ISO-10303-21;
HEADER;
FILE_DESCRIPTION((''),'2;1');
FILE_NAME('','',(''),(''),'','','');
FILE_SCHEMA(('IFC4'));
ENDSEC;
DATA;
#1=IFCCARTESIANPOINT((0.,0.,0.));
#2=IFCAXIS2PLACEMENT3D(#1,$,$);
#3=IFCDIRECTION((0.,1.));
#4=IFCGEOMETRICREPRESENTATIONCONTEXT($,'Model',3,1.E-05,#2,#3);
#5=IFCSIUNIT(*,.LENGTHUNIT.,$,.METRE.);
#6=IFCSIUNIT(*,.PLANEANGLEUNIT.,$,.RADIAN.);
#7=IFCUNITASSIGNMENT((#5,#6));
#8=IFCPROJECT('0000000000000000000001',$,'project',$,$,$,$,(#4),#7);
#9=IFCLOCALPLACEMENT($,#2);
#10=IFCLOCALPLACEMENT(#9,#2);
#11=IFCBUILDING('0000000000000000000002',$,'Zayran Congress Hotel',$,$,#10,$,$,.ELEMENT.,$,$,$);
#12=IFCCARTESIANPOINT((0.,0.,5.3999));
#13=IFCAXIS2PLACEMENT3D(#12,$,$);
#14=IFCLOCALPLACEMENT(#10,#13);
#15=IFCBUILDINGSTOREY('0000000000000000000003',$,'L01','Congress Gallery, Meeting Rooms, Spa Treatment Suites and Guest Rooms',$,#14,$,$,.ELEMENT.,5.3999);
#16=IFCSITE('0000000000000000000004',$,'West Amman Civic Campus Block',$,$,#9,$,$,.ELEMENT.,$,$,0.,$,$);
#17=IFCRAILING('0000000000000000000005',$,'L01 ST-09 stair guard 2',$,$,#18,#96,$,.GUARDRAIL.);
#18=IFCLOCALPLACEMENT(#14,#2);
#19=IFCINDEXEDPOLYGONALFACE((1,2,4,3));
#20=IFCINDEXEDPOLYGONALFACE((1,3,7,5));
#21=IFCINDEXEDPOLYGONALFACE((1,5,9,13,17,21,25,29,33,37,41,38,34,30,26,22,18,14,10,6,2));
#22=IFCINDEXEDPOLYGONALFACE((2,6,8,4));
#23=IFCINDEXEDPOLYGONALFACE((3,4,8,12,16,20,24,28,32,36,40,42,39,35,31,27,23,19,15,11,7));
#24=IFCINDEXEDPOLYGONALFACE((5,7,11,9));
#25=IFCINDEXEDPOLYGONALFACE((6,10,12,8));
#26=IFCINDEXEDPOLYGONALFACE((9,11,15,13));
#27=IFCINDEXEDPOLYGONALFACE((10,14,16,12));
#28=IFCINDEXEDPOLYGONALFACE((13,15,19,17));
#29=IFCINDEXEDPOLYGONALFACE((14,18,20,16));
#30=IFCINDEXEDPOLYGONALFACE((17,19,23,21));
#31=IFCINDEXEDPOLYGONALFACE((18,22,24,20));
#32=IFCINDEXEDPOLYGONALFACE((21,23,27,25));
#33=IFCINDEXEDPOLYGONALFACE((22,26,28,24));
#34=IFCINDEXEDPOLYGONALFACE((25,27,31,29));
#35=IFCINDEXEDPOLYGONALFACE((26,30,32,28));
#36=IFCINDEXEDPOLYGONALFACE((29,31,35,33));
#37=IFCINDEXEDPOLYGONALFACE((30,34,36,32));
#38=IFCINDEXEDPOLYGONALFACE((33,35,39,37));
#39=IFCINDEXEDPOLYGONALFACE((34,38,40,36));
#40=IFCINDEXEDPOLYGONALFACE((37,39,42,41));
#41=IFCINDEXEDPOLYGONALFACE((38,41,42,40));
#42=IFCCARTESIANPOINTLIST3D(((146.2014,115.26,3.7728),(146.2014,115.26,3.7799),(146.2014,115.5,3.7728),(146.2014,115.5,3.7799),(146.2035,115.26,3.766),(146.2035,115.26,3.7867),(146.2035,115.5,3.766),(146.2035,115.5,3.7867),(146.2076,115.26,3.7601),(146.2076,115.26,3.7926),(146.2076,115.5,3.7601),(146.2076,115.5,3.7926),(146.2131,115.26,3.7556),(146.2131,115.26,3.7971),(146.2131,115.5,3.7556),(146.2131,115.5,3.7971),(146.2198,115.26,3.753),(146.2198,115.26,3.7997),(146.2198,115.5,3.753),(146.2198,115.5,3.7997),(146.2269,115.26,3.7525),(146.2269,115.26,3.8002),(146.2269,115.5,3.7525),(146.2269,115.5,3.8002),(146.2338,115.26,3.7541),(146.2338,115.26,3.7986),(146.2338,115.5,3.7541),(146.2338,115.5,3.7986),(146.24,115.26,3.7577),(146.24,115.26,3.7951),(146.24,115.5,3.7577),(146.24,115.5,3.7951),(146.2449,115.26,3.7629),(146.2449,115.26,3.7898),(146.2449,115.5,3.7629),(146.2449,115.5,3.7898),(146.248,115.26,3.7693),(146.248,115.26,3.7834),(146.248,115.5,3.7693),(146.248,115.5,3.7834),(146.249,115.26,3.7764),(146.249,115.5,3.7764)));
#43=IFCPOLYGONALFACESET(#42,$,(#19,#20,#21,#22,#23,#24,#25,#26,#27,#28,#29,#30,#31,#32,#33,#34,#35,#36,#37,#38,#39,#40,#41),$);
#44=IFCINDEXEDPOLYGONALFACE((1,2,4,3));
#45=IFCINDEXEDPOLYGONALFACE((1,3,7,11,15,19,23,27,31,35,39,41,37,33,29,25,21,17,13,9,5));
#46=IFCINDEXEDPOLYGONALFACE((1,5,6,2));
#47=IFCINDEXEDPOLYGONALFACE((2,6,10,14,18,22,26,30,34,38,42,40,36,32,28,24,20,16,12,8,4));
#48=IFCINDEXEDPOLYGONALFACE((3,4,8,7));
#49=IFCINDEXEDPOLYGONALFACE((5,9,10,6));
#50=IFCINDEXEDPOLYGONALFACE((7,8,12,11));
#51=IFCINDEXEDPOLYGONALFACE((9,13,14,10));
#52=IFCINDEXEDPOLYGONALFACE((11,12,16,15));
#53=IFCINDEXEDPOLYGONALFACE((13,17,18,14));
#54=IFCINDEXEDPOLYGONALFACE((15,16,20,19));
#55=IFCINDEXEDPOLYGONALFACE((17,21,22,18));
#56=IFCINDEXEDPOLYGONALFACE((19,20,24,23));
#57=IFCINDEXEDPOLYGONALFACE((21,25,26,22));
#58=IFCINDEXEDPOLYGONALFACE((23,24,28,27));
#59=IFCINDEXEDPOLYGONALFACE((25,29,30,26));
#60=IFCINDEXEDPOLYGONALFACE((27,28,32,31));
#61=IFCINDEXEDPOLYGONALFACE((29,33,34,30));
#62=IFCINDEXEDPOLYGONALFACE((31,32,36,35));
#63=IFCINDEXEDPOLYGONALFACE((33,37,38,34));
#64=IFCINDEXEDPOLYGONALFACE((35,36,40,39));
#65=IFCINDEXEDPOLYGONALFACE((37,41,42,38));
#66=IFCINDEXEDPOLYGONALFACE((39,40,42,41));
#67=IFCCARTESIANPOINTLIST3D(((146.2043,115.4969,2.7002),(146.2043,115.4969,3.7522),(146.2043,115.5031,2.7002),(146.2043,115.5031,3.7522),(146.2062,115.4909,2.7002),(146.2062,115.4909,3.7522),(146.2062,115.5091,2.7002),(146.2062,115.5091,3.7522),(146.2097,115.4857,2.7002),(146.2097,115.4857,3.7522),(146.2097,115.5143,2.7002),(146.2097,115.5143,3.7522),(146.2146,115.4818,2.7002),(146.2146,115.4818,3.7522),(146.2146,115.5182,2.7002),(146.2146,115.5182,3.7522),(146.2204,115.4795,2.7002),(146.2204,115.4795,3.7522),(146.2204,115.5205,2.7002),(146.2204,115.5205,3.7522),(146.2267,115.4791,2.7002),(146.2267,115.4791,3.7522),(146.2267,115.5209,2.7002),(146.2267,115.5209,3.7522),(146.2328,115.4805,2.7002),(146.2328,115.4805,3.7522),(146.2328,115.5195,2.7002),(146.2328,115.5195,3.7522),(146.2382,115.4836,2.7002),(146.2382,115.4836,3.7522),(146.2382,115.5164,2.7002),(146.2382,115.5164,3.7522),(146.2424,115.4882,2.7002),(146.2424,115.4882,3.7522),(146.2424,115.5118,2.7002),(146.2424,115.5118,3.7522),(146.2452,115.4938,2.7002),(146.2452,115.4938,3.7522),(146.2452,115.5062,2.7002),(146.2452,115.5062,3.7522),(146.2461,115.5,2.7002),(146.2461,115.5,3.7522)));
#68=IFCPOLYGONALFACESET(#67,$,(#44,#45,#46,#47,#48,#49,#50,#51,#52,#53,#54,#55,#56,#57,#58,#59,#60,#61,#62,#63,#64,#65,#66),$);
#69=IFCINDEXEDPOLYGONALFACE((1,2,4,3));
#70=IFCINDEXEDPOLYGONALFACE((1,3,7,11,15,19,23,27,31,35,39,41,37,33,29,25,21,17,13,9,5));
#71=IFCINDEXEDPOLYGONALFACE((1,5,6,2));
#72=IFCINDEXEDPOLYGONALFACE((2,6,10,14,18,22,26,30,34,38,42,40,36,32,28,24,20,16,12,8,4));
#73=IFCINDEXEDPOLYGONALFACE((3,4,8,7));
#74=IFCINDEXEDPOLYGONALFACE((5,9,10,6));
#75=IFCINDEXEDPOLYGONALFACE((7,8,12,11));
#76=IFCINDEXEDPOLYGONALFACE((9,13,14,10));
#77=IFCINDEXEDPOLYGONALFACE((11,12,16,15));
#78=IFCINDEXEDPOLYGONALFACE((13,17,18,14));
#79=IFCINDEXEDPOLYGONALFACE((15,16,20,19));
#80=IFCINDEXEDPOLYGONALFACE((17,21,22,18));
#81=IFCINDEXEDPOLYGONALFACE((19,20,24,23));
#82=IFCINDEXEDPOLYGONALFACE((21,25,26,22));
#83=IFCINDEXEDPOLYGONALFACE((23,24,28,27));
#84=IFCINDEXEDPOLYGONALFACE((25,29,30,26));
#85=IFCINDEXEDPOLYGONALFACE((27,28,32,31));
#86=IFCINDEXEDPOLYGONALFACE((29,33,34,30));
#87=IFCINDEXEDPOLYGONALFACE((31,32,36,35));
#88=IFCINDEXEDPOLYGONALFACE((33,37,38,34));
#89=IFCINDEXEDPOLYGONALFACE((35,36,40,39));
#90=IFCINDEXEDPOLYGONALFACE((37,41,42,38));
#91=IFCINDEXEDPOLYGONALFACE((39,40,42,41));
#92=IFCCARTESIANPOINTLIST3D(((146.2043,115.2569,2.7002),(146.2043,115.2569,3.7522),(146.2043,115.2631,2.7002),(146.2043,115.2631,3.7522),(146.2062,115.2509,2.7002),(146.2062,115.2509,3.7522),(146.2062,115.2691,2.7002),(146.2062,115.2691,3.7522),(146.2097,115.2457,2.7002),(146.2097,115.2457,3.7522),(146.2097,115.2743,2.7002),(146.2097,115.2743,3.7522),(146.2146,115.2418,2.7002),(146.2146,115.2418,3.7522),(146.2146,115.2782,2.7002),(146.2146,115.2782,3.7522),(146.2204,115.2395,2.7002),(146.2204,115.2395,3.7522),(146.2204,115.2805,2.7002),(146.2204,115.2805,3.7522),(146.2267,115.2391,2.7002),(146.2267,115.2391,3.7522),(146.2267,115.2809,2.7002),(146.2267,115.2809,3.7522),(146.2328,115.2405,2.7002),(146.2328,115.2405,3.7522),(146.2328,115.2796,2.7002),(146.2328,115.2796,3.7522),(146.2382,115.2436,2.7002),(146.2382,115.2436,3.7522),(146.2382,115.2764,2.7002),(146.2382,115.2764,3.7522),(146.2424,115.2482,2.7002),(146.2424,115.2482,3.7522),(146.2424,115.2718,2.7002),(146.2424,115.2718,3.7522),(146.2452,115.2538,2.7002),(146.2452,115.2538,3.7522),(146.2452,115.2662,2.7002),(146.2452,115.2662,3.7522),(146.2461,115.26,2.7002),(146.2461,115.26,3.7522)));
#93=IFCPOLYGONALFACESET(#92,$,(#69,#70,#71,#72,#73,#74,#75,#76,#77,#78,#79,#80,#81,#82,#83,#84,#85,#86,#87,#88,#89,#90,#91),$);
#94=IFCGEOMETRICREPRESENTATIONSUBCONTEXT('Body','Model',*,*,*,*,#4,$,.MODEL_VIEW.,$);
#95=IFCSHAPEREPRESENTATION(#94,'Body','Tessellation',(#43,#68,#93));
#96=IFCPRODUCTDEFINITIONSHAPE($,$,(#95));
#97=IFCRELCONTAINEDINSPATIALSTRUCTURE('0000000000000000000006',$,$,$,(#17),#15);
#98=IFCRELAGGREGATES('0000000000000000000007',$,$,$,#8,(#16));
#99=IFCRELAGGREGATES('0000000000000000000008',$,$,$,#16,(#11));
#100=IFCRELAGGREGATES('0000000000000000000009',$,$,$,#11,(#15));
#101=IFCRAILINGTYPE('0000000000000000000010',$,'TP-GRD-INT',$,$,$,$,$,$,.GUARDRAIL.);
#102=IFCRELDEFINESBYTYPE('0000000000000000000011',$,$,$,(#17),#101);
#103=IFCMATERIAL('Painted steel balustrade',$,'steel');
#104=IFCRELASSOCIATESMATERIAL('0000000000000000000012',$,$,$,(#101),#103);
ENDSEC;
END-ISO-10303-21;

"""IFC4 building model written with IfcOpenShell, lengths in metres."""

from ifc_helpers import new_model, si_unit, direction, frame, origin, origin_2d, place, context, subcontext, project, spatial, circle, extrude, material, type_object, element, save


model = new_model("IFC4")

# Units and contexts
model_context = context("Model", 3, precision=1e-05, world=origin(), true_north=direction((0.0, 1.0)))
body_context = subcontext(model_context, "Body", "Model", "MODEL_VIEW")
ifc_project = project(units=[si_unit("LENGTHUNIT", "METRE"), si_unit("PLANEANGLEUNIT", "RADIAN")], contexts=[model_context])

# Site, building, storey
site_placement = place(None, origin())
site = spatial("IfcSite", under=ifc_project, at=site_placement, Name="West Amman Civic Campus Block", CompositionType="ELEMENT", RefElevation=0.0)
building_placement = place(site_placement, origin())
building = spatial("IfcBuilding", under=site, at=building_placement, Name="Zayran Congress Hotel", CompositionType="ELEMENT")
storey_placement = place(building_placement, frame((0.0, 0.0, 5.3999)))
storey = spatial("IfcBuildingStorey", under=building, at=storey_placement, Name="L01", Description="Congress Gallery, Meeting Rooms, Spa Treatment Suites and Guest Rooms", CompositionType="ELEMENT", Elevation=5.3999)

# Railing
ifc_material_1 = material(Name="Painted steel balustrade", Category="steel")
railing_type_1 = type_object("IfcRailingType", Name="TP-GRD-INT", PredefinedType="GUARDRAIL", material=ifc_material_1)
railing_1_placement = place(storey_placement, frame((146.2251, 115.5, 2.7002)))
element("IfcRailing", 1, at=railing_1_placement, inside=storey, type_object=railing_type_1, Name="L01 ST-09 stair guard 2", PredefinedType="GUARDRAIL", context=body_context, shape_type="SweptSolid", body=[
    extrude(circle(Radius=0.0239, at=origin_2d()), frame((0.0, 0.0, 1.0762), z_axis=(0.0, -1.0, 0.0), x_axis=(1.0, 0.0, 0.0)), (0.0, 0.0, 1.0), 0.24),
    extrude(circle(Radius=0.021, at=origin_2d()), origin(), (0.0, 0.0, 1.0), 1.052),
    extrude(circle(Radius=0.021, at=origin_2d()), frame((0.0, -0.24, 0.0)), (0.0, 0.0, 1.0), 1.052),
])

save(model, "model.ifc")
